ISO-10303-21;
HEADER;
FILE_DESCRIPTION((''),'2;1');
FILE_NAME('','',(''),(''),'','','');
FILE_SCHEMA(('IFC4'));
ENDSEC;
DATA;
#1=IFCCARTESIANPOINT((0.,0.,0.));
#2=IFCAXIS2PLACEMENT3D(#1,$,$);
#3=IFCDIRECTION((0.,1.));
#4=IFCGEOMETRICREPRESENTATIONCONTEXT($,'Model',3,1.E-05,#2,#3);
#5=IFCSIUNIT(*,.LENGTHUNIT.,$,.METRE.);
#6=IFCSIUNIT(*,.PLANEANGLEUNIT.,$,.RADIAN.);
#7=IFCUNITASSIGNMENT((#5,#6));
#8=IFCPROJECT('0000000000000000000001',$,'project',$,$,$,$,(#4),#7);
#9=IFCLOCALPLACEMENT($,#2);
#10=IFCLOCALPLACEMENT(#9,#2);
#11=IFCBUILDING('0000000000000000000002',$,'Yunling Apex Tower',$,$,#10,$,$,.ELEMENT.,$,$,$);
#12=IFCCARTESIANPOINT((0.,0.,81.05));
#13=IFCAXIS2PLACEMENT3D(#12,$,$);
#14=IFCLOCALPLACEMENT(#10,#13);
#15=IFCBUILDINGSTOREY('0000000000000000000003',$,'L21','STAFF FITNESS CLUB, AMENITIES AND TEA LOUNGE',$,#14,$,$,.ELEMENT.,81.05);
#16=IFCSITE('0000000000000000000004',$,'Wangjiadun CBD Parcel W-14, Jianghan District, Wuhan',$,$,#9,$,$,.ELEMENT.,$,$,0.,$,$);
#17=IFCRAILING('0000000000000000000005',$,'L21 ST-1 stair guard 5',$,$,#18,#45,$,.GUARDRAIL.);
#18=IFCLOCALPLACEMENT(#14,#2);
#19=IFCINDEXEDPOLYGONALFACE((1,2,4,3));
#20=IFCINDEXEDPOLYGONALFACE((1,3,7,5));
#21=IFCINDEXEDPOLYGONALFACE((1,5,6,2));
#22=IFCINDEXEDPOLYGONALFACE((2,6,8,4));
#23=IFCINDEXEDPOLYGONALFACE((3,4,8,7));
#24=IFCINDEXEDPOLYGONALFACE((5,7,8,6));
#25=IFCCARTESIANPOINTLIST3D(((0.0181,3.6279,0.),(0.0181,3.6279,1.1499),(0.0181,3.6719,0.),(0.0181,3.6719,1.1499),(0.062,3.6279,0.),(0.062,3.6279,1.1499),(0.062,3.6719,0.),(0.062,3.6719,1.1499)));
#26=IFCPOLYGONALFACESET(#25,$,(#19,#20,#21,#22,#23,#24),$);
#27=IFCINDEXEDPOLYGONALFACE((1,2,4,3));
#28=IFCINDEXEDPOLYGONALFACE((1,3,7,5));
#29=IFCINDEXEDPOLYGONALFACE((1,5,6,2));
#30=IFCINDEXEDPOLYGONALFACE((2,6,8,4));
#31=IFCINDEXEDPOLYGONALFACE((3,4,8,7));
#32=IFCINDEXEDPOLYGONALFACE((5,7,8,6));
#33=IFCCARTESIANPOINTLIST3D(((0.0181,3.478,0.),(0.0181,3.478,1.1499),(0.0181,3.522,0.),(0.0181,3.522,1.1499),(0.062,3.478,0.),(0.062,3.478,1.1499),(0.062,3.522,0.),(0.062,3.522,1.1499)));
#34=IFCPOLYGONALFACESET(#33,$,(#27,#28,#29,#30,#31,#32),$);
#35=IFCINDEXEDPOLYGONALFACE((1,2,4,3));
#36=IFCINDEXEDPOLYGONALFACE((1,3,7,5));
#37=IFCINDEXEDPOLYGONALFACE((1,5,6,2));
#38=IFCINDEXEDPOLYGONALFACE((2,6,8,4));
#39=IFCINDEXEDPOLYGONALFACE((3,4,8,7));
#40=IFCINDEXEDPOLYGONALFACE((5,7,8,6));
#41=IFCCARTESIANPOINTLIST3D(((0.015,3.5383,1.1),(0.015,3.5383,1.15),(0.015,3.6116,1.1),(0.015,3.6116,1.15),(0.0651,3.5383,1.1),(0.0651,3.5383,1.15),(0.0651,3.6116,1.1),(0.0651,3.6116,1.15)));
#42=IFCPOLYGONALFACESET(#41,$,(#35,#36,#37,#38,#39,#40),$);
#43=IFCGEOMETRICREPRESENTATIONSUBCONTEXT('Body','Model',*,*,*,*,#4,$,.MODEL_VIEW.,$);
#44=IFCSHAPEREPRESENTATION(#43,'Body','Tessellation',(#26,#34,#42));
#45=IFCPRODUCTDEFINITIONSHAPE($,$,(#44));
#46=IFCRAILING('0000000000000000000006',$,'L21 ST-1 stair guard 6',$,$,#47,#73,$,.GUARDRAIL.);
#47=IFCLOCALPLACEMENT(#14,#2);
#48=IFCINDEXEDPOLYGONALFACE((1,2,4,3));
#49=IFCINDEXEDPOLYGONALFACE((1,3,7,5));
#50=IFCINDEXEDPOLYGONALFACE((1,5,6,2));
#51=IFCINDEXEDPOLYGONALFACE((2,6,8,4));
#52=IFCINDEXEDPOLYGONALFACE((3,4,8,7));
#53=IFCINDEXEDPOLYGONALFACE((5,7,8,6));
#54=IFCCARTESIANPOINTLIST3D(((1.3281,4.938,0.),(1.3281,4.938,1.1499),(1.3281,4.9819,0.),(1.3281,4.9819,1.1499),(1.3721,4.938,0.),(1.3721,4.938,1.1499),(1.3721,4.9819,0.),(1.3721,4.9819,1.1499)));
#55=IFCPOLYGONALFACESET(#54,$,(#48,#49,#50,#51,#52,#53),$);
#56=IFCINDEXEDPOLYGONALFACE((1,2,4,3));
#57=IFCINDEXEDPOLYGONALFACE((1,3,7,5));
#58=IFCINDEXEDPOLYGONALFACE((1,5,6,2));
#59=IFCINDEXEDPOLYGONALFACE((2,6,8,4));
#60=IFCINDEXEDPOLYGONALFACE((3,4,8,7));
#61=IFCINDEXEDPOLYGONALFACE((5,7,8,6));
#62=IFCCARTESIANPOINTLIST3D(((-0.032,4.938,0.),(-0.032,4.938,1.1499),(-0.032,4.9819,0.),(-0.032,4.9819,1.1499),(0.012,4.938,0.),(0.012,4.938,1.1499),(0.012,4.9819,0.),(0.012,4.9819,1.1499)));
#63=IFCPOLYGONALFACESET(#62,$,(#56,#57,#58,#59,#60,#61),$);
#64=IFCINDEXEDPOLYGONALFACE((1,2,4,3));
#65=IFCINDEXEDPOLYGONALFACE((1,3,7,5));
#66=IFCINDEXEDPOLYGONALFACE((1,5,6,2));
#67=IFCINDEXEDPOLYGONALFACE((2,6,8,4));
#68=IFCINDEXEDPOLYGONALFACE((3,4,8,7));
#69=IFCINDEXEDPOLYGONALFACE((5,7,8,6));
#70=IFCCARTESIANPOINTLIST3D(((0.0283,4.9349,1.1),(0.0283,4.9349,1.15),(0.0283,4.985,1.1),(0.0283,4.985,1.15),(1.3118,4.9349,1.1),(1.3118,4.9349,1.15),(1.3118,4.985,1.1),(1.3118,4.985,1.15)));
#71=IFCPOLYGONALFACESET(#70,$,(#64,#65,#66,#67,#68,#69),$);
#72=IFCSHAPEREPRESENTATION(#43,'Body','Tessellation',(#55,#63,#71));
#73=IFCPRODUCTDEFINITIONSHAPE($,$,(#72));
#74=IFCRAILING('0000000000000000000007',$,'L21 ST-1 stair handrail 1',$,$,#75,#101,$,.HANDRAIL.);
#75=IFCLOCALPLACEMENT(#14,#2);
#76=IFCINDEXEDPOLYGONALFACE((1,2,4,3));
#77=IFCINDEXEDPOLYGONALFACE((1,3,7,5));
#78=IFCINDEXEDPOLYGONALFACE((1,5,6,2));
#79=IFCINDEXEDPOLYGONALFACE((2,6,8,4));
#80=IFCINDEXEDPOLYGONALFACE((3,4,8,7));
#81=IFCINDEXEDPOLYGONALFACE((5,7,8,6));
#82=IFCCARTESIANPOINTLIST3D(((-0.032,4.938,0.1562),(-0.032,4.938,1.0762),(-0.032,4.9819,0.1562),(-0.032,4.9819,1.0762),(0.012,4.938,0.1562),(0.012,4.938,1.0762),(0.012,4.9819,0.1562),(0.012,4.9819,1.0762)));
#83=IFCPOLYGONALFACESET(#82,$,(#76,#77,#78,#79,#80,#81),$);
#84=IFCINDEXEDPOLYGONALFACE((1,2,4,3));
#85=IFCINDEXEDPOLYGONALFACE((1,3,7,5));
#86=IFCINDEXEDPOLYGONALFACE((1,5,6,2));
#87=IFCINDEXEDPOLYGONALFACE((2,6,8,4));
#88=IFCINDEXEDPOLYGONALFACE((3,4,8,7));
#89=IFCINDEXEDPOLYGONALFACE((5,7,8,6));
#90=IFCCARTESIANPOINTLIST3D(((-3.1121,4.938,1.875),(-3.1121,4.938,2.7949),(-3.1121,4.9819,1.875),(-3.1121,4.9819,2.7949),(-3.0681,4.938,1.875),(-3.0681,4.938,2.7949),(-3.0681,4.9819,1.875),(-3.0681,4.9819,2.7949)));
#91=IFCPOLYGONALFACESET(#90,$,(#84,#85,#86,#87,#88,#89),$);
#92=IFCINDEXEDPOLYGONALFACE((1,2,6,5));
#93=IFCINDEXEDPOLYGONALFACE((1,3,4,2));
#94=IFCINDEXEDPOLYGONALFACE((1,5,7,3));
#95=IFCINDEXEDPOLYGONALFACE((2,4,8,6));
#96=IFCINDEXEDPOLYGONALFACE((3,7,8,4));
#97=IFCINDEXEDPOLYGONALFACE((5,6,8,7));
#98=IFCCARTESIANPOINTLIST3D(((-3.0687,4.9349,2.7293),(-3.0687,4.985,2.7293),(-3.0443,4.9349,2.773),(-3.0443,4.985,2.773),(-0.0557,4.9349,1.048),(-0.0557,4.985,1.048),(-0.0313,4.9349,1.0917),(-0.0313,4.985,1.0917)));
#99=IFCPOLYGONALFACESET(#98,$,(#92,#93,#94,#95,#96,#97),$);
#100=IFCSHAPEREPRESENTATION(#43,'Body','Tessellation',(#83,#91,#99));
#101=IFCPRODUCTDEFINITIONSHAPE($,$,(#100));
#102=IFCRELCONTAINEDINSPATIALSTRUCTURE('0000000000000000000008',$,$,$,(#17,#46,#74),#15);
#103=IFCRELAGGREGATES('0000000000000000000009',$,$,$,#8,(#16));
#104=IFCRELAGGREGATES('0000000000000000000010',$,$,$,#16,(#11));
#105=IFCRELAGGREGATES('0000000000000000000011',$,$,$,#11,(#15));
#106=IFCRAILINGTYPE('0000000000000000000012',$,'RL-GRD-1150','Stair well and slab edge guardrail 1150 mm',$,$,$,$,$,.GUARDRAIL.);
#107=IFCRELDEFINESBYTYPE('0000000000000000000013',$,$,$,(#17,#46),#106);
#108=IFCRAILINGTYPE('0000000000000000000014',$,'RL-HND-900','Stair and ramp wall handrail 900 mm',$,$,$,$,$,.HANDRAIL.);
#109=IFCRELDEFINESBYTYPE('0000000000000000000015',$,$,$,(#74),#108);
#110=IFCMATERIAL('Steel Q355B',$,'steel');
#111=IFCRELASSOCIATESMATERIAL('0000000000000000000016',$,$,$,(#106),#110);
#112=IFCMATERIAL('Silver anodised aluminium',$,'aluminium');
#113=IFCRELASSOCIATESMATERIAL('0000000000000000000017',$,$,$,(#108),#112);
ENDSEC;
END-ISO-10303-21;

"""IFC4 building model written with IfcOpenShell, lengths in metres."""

from ifc_helpers import new_model, si_unit, direction, frame, origin, origin_2d, place, context, subcontext, project, spatial, rectangle, extrude, material, type_object, element, save


model = new_model("IFC4")

# Units and contexts
model_context = context("Model", 3, precision=1e-05, world=origin(), true_north=direction((0.0, 1.0)))
body_context = subcontext(model_context, "Body", "Model", "MODEL_VIEW")
ifc_project = project(units=[si_unit("LENGTHUNIT", "METRE"), si_unit("PLANEANGLEUNIT", "RADIAN")], contexts=[model_context])

# Site, building, storey
site_placement = place(None, origin())
site = spatial("IfcSite", under=ifc_project, at=site_placement, Name="Wangjiadun CBD Parcel W-14, Jianghan District, Wuhan", CompositionType="ELEMENT", RefElevation=0.0)
building_placement = place(site_placement, origin())
building = spatial("IfcBuilding", under=site, at=building_placement, Name="Yunling Apex Tower", CompositionType="ELEMENT")
storey_placement = place(building_placement, frame((0.0, 0.0, 81.05)))
storey = spatial("IfcBuildingStorey", under=building, at=storey_placement, Name="L21", Description="STAFF FITNESS CLUB, AMENITIES AND TEA LOUNGE", CompositionType="ELEMENT", Elevation=81.05)

# Shared definitions
ifc_material_1 = material(Name="Steel Q355B", Category="steel")

# Railings
railing_type_1 = type_object("IfcRailingType", Name="RL-GRD-1150", Description="Stair well and slab edge guardrail 1150 mm", PredefinedType="GUARDRAIL", material=ifc_material_1)
railing_1_placement = place(storey_placement, frame((0.04, 3.6499, 0.0)))
element("IfcRailing", 1, at=railing_1_placement, inside=storey, type_object=railing_type_1, Name="L21 ST-1 stair guard 5", PredefinedType="GUARDRAIL", context=body_context, shape_type="SweptSolid", body=[
    extrude(rectangle(XDim=0.0439, YDim=0.0439, at=origin_2d()), origin(), (0.0, 0.0, 1.0), 1.1499),
    extrude(rectangle(XDim=0.0439, YDim=0.0439, at=origin_2d()), frame((0.0, -0.1499, 0.0)), (0.0, 0.0, 1.0), 1.1499),
    extrude(rectangle(XDim=0.05, YDim=0.05, at=origin_2d()), frame((0.0, -0.0383, 1.125), z_axis=(0.0, -1.0, 0.0), x_axis=(1.0, 0.0, 0.0)), (0.0, 0.0, 1.0), 0.0732),
])
railing_2_placement = place(storey_placement, frame((1.3501, 4.96, 0.0)))
element("IfcRailing", 2, at=railing_2_placement, inside=storey, type_object=railing_type_1, Name="L21 ST-1 stair guard 6", PredefinedType="GUARDRAIL", context=body_context, shape_type="SweptSolid", body=[
    extrude(rectangle(XDim=0.0439, YDim=0.0439, at=origin_2d()), origin(), (0.0, 0.0, 1.0), 1.1499),
    extrude(rectangle(XDim=0.0439, YDim=0.0439, at=origin_2d()), frame((-1.3601, 0.0, 0.0)), (0.0, 0.0, 1.0), 1.1499),
    extrude(rectangle(XDim=0.05, YDim=0.05, at=origin_2d()), frame((-0.0383, 0.0, 1.125), z_axis=(-1.0, 0.0, 0.0), x_axis=(0.0, -1.0, 0.0)), (0.0, 0.0, 1.0), 1.2834),
])
ifc_material_2 = material(Name="Silver anodised aluminium", Category="aluminium")
railing_type_2 = type_object("IfcRailingType", Name="RL-HND-900", Description="Stair and ramp wall handrail 900 mm", PredefinedType="HANDRAIL", material=ifc_material_2)
railing_3_placement = place(storey_placement, frame((-0.01, 4.96, 0.1562)))
element("IfcRailing", 3, at=railing_3_placement, inside=storey, type_object=railing_type_2, Name="L21 ST-1 stair handrail 1", PredefinedType="HANDRAIL", context=body_context, shape_type="SweptSolid", body=[
    extrude(rectangle(XDim=0.0439, YDim=0.0439, at=origin_2d()), origin(), (0.0, 0.0, 1.0), 0.9199),
    extrude(rectangle(XDim=0.0439, YDim=0.0439, at=origin_2d()), frame((-3.0801, 0.0, 1.7188)), (0.0, 0.0, 1.0), 0.9199),
    extrude(rectangle(XDim=0.05, YDim=0.05, at=origin_2d()), frame((-0.0334, 0.0, 0.9136), z_axis=(-0.873242, 0.0, 0.487288), x_axis=(0.0, -1.0, 0.0)), (0.0, 0.0, 1.0), 3.4504),
])

save(model, "model.ifc")
